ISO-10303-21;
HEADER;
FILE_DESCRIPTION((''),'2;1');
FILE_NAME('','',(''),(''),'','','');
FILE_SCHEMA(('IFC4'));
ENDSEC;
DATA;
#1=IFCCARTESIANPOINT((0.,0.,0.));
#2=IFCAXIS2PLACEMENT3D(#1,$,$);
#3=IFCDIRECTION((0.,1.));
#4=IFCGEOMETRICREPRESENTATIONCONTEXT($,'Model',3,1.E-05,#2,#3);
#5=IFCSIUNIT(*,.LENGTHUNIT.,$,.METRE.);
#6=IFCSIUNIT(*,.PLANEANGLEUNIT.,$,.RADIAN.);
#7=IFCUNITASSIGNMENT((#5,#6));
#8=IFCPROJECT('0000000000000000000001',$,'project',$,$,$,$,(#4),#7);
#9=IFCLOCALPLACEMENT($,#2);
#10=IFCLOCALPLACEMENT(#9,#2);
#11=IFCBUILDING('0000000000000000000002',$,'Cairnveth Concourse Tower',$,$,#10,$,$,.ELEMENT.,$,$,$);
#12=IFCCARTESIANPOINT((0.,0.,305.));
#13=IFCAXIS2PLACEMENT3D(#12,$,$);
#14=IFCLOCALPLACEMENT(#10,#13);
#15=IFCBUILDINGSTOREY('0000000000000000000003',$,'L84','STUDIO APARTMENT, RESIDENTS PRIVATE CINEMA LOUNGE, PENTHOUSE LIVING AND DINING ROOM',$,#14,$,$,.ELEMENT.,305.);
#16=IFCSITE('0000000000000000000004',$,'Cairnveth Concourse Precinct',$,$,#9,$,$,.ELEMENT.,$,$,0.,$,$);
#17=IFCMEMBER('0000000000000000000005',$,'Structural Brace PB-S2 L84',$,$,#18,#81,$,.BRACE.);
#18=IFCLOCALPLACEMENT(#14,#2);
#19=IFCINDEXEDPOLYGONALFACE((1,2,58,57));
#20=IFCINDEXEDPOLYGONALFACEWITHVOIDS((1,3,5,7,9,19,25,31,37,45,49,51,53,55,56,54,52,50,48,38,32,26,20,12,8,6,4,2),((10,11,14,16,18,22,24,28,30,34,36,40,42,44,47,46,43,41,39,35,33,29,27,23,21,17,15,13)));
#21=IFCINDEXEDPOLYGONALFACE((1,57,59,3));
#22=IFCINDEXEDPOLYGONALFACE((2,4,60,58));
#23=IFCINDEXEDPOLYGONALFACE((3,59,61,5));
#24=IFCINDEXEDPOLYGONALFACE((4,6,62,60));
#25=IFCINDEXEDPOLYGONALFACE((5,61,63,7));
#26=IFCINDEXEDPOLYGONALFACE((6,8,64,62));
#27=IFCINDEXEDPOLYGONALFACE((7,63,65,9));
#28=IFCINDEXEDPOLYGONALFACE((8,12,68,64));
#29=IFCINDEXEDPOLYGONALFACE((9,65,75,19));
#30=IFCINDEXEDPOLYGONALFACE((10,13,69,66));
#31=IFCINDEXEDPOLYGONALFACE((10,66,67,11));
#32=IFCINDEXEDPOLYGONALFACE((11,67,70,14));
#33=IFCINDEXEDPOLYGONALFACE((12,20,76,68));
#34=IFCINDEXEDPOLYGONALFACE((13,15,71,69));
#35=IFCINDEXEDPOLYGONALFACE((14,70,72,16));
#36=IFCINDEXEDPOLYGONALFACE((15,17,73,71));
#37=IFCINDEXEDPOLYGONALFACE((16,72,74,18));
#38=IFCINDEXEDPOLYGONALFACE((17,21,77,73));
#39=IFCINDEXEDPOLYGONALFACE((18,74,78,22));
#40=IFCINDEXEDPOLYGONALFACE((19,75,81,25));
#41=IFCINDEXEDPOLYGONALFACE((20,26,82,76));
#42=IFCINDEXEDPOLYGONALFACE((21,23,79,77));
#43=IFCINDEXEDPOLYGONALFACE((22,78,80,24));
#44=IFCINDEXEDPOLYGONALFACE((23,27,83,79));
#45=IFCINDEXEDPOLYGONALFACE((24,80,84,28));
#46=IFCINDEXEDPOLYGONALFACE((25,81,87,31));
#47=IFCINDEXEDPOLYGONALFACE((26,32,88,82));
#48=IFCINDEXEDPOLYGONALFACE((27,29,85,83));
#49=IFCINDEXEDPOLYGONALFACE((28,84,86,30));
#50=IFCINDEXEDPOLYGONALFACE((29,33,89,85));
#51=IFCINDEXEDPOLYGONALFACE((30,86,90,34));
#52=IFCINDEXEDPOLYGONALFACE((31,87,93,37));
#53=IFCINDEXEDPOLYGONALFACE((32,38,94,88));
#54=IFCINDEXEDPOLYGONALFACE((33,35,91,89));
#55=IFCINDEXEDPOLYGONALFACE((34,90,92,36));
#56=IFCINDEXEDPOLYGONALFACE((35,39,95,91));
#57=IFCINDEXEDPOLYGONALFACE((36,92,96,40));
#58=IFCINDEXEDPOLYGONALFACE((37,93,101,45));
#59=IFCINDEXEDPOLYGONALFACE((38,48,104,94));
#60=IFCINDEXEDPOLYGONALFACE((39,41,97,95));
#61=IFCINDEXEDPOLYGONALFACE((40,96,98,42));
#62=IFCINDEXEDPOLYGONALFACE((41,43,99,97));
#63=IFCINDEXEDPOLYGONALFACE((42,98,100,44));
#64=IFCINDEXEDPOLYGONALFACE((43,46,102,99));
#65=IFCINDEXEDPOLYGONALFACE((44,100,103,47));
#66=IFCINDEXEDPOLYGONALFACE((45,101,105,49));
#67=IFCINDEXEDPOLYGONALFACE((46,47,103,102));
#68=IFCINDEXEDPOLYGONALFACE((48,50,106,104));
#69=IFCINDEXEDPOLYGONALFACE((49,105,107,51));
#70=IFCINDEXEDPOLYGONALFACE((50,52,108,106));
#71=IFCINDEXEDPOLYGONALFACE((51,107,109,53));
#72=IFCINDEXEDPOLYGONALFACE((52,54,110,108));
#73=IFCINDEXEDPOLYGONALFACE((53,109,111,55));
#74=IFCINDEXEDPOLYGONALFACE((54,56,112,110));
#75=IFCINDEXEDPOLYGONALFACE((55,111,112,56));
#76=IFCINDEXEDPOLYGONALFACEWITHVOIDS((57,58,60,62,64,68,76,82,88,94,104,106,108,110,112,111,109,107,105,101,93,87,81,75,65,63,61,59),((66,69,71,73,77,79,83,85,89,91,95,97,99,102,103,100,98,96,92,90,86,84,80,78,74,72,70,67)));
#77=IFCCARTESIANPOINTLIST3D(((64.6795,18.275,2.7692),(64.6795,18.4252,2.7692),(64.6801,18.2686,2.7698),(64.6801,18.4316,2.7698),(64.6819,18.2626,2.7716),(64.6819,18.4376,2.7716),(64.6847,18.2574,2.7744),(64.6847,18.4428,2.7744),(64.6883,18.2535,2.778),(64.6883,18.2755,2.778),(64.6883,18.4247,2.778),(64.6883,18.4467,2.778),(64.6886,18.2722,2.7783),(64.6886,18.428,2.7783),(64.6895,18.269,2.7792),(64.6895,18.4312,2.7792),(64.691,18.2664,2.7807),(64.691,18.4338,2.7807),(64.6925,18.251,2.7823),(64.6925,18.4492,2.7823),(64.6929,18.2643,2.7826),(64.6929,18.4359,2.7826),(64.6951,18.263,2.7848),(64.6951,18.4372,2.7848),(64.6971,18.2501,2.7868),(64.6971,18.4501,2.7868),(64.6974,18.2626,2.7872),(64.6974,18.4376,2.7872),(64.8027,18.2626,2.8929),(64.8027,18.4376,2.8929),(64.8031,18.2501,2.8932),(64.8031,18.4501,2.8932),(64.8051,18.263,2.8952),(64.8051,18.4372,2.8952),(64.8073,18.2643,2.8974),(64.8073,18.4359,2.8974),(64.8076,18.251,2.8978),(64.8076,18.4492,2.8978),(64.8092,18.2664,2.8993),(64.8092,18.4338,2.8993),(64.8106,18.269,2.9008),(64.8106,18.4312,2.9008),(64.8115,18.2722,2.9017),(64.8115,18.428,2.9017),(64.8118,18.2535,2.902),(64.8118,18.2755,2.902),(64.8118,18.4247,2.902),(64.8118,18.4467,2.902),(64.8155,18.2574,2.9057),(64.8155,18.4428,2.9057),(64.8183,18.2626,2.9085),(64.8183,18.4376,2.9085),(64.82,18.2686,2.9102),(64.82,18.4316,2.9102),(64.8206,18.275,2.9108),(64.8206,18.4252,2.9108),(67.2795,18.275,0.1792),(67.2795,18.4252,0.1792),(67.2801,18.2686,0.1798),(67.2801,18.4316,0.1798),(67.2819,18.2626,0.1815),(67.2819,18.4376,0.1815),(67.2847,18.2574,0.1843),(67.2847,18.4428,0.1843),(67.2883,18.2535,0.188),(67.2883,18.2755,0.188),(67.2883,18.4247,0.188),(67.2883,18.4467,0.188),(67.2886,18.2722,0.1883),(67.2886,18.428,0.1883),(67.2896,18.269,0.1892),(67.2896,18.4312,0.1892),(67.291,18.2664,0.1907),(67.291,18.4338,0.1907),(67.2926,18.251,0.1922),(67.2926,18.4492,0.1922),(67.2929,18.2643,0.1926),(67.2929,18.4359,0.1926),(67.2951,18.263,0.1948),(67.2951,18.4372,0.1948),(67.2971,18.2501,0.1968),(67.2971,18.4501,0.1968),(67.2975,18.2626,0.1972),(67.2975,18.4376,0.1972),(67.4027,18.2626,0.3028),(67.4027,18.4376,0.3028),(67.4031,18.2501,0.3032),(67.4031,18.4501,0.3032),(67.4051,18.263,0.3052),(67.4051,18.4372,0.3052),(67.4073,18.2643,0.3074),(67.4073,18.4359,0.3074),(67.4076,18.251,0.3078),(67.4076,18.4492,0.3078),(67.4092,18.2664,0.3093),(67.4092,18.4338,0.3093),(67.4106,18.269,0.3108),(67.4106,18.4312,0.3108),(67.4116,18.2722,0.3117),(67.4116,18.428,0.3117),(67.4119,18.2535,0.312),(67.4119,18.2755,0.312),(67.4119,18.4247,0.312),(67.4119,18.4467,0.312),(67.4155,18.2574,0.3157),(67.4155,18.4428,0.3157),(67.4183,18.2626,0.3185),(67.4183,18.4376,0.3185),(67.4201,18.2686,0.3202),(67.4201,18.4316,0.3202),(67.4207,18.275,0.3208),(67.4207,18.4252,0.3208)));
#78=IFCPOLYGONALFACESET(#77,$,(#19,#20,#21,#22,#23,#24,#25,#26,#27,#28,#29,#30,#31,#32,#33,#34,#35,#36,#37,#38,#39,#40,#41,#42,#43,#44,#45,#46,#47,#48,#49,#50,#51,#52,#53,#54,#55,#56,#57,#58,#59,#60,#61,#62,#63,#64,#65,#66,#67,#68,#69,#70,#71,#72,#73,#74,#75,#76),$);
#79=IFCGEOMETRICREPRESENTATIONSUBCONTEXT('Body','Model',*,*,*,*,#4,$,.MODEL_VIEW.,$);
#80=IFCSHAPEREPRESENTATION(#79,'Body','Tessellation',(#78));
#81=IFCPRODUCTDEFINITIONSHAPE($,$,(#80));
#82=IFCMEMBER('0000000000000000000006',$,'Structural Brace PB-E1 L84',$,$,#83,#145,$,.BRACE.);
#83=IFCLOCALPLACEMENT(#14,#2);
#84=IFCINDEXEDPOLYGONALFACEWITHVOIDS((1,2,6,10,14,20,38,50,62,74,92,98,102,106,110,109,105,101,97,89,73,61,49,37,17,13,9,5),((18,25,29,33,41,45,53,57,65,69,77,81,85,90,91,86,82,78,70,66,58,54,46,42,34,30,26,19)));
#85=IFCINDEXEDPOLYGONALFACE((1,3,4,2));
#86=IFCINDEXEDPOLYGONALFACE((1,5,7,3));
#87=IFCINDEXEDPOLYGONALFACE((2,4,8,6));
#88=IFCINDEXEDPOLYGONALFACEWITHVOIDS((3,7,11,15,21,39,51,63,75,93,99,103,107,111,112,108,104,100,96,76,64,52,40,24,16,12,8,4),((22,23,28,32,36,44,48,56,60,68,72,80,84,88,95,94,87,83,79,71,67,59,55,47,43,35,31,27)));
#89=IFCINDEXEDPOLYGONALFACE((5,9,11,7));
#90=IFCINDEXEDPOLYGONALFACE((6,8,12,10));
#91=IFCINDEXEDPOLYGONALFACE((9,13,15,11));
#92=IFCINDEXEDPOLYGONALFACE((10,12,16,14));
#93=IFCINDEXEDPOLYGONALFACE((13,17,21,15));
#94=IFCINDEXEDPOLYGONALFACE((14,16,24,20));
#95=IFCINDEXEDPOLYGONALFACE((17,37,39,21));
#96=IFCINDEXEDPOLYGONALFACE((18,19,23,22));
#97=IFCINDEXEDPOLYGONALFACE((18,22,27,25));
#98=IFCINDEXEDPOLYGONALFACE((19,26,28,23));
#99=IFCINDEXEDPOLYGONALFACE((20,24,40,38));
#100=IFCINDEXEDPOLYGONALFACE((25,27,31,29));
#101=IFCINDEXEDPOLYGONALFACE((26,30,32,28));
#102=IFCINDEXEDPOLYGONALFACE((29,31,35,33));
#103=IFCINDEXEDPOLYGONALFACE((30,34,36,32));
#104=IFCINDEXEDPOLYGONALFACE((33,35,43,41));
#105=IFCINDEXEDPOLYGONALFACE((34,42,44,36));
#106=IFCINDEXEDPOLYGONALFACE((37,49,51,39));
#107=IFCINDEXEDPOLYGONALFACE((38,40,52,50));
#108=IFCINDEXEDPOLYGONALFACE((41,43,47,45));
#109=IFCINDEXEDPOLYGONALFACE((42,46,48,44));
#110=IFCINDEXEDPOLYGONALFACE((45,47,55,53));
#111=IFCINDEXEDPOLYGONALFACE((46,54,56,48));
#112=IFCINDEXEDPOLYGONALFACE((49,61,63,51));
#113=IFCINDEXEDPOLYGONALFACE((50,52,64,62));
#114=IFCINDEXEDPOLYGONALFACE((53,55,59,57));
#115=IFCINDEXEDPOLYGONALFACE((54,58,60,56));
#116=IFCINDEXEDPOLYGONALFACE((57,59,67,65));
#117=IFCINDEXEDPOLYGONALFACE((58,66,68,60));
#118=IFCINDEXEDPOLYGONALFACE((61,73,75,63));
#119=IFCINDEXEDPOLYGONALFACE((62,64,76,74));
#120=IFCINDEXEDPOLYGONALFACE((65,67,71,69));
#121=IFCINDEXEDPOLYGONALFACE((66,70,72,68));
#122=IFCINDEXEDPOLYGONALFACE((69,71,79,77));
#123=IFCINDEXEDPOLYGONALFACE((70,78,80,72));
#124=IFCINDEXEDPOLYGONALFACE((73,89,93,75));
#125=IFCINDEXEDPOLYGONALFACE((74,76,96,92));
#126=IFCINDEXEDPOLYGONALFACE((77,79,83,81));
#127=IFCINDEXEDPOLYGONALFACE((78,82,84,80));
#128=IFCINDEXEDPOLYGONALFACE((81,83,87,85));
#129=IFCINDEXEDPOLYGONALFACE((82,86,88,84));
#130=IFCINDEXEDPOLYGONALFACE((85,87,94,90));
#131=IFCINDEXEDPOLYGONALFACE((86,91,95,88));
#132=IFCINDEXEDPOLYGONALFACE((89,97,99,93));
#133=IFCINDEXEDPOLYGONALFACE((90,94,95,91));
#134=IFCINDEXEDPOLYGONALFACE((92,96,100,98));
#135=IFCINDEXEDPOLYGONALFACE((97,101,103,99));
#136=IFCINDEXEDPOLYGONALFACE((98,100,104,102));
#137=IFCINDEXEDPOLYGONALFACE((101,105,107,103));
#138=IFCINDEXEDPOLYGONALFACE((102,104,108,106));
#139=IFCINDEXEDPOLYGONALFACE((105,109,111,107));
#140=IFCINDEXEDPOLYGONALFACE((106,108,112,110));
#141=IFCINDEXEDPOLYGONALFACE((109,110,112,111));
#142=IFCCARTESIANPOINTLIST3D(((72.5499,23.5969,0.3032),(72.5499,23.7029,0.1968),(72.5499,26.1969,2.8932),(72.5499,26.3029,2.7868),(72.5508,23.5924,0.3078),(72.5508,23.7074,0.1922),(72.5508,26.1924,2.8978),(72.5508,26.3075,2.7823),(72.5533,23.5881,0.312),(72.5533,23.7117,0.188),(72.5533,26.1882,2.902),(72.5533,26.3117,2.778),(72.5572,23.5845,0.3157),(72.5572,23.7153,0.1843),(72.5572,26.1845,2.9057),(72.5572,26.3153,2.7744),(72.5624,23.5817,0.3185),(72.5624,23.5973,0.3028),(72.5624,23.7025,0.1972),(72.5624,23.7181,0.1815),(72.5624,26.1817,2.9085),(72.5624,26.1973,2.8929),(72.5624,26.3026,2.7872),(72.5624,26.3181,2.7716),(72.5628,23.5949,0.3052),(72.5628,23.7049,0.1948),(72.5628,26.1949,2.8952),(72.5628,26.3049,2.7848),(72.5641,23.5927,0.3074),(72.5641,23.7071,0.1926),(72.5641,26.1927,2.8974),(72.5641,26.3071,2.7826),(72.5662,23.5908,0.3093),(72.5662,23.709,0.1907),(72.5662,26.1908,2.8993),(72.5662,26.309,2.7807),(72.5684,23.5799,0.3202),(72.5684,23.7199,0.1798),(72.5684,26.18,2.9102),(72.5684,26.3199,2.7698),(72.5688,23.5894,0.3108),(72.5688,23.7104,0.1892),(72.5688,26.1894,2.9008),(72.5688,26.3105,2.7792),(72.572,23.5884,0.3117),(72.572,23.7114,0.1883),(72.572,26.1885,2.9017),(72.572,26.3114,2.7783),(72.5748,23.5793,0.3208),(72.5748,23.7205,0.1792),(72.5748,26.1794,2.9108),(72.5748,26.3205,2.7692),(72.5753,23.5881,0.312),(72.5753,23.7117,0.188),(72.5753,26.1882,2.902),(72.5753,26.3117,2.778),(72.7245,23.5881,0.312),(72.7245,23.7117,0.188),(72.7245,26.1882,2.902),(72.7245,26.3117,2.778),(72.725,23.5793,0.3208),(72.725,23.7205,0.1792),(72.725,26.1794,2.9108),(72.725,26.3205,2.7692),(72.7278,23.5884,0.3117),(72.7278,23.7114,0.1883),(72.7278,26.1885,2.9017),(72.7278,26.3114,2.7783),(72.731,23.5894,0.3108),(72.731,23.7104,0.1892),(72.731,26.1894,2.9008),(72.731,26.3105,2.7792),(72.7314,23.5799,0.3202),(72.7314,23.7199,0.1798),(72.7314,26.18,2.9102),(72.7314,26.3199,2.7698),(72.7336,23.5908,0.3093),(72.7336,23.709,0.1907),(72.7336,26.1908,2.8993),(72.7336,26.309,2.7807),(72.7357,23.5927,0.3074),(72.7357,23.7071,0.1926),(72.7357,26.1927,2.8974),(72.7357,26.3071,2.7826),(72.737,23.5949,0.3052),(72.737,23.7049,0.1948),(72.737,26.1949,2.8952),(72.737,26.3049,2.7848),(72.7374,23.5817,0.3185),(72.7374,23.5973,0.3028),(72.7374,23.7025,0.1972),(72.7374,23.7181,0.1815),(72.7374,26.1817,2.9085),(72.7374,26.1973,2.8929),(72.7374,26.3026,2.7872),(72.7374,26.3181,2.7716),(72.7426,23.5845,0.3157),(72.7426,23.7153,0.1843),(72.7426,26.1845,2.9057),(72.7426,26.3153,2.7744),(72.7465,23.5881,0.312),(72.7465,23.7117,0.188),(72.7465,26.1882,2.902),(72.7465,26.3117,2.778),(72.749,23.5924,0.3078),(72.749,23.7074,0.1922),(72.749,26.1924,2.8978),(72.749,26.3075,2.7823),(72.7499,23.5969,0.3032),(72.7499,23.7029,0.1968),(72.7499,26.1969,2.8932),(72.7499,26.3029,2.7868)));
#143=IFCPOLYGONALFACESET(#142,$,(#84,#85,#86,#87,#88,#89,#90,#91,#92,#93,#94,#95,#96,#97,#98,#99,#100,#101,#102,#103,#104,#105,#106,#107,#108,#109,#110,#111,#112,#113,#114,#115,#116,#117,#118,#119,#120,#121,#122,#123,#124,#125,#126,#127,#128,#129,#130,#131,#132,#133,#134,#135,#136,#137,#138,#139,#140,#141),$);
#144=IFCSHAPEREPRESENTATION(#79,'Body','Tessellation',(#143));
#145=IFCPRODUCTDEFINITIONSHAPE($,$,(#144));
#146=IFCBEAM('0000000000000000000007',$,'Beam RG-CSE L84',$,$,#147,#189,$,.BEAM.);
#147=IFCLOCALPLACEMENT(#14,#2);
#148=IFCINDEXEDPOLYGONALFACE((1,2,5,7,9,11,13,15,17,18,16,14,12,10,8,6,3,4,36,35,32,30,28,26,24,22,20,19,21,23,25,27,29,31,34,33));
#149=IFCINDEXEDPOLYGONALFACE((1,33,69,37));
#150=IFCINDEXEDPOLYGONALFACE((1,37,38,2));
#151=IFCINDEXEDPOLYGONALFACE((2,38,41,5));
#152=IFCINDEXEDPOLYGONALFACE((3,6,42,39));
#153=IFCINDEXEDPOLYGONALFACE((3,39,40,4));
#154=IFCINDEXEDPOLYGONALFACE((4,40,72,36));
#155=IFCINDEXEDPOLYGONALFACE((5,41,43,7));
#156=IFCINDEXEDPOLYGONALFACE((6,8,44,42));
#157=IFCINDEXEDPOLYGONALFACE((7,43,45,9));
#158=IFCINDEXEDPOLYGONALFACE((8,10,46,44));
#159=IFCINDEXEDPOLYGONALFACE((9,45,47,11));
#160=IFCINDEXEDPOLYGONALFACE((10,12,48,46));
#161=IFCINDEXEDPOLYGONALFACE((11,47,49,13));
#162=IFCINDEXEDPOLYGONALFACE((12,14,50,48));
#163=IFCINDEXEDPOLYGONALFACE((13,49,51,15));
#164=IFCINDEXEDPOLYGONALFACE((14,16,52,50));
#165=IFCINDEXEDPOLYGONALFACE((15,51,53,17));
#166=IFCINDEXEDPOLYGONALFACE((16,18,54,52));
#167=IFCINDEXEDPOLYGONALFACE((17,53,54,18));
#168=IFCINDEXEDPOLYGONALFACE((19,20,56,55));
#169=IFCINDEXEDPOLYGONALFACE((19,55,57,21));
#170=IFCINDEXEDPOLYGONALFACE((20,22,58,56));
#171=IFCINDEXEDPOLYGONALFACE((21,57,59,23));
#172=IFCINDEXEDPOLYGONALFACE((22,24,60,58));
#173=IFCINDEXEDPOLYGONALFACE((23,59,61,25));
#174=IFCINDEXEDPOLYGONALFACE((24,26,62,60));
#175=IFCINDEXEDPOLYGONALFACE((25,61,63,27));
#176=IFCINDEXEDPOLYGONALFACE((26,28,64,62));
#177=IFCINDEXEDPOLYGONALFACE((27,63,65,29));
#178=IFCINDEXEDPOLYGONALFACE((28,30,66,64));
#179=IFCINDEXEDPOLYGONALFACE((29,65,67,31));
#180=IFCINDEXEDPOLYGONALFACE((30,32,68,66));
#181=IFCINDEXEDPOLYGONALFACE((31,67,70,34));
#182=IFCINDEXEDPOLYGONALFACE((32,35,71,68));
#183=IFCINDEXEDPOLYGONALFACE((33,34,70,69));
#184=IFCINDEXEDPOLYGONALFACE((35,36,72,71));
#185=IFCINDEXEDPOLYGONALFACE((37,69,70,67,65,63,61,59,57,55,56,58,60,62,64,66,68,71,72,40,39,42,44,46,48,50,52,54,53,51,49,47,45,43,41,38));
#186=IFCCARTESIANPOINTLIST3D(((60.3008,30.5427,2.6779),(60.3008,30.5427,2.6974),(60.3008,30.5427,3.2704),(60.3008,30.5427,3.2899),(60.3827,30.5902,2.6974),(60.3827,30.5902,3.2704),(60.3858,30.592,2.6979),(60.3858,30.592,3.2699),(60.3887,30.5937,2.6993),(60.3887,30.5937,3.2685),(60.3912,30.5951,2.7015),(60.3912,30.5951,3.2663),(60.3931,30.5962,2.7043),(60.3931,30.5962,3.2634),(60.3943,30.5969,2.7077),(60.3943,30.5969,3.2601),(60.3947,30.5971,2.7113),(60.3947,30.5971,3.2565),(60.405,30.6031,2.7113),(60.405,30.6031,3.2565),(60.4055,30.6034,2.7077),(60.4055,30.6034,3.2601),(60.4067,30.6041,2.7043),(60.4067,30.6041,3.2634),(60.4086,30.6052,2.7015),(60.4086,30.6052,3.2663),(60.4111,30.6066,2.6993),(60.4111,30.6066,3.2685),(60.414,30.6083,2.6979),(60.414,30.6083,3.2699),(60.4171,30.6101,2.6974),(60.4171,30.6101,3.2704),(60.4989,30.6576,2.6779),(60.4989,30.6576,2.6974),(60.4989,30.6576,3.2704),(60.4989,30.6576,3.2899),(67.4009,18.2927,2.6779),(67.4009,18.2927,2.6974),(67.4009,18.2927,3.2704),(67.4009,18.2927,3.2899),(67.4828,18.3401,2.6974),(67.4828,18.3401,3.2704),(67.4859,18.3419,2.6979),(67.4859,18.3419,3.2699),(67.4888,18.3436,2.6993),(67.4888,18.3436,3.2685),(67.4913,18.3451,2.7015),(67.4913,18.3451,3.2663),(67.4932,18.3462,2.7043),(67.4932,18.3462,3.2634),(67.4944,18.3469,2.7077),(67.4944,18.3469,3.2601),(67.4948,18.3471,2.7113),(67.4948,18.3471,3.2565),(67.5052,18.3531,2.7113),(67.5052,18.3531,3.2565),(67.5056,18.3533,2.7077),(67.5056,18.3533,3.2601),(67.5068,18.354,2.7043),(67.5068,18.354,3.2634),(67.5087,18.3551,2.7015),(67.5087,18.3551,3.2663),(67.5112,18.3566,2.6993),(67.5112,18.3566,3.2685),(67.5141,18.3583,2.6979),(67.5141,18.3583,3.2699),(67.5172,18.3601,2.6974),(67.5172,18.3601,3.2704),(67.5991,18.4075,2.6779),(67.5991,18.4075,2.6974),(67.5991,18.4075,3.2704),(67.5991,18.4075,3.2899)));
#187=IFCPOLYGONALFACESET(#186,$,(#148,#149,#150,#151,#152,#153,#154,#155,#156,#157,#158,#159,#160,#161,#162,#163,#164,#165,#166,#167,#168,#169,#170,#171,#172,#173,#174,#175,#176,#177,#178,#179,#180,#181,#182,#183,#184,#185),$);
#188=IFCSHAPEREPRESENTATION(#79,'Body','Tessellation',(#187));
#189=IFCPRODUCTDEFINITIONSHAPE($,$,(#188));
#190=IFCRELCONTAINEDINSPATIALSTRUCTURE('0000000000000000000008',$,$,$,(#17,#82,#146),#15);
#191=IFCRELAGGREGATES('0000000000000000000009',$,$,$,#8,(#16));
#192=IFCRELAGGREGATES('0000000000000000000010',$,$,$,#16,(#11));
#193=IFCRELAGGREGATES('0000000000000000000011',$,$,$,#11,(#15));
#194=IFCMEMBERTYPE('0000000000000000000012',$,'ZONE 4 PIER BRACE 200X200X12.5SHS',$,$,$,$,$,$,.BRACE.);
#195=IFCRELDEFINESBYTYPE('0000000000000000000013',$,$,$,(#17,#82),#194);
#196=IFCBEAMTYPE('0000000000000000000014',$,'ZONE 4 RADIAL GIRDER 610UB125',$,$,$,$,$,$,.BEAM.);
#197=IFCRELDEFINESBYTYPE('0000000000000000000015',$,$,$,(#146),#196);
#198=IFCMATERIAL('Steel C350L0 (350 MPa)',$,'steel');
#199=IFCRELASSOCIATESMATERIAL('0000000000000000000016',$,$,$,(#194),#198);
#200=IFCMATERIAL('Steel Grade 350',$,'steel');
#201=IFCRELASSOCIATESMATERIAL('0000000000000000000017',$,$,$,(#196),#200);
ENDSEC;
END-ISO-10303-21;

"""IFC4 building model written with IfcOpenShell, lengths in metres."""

from ifc_helpers import new_model, si_unit, direction, frame, origin, origin_2d, place, context, subcontext, project, spatial, hollow_rectangle, i_section, extrude, material, material_profile, profile_set, type_object, element, save


model = new_model("IFC4")

# Units and contexts
model_context = context("Model", 3, precision=1e-05, world=origin(), true_north=direction((0.0, 1.0)))
body_context = subcontext(model_context, "Body", "Model", "MODEL_VIEW")
ifc_project = project(units=[si_unit("LENGTHUNIT", "METRE"), si_unit("PLANEANGLEUNIT", "RADIAN")], contexts=[model_context])

# Site, building, storey
site_placement = place(None, origin())
site = spatial("IfcSite", under=ifc_project, at=site_placement, Name="Cairnveth Concourse Precinct", CompositionType="ELEMENT", RefElevation=0.0)
building_placement = place(site_placement, origin())
building = spatial("IfcBuilding", under=site, at=building_placement, Name="Cairnveth Concourse Tower", CompositionType="ELEMENT")
storey_placement = place(building_placement, frame((0.0, 0.0, 305.0)))
storey = spatial("IfcBuildingStorey", under=building, at=storey_placement, Name="L84", Description="STUDIO APARTMENT, RESIDENTS PRIVATE CINEMA LOUNGE, PENTHOUSE LIVING AND DINING ROOM", CompositionType="ELEMENT", Elevation=305.0)

# Shared definitions
ifc_material_1 = material(Name="Steel Grade 350", Category="steel")

# Members
ifc_material_2 = material(Name="Steel C350L0 (350 MPa)", Category="steel")
ifc_material_profile_1 = material_profile(ifc_material_2, hollow_rectangle(XDim=0.2, YDim=0.2, WallThickness=0.0125, InnerFilletRadius=0.0129, OuterFilletRadius=0.0249, at=origin_2d()), Name="200x200x12.5SHS")
ifc_profile_set_1 = profile_set([ifc_material_profile_1], Name="Steel C350L0 (350 MPa)")
member_type = type_object("IfcMemberType", Name="ZONE 4 PIER BRACE 200X200X12.5SHS", PredefinedType="BRACE", material=ifc_profile_set_1)
for number, where, z_axis, x_axis, name in (
    (1, (67.3501, 18.3501, 0.25), (-0.708469, 0.0, 0.705742), (0.0, -1.0, 0.0), "Structural Brace PB-S2 L84"),
    (2, (72.6499, 23.6499, 0.25), (0.0, 0.708469, 0.705742), (-1.0, 0.0, 0.0), "Structural Brace PB-E1 L84"),
):
    element("IfcMember", number, at=place(storey_placement, frame(where, z_axis=z_axis, x_axis=x_axis)), inside=storey, type_object=member_type, Name=name, PredefinedType="BRACE", context=body_context, shape_type="SweptSolid", body=[
        extrude(hollow_rectangle(XDim=0.2, YDim=0.2, WallThickness=0.0125, InnerFilletRadius=0.0129, OuterFilletRadius=0.0249, at=origin_2d()), origin(), (0.0, 0.0, 1.0), 3.6699),
    ])

# Beam
ifc_material_profile_2 = material_profile(ifc_material_1, i_section(OverallWidth=0.229, OverallDepth=0.6121, WebThickness=0.012, FlangeThickness=0.0195, FilletRadius=0.0139, at=origin_2d()), Name="610UB125")
ifc_profile_set_2 = profile_set([ifc_material_profile_2], Name="Steel Grade 350")
beam_type_1 = type_object("IfcBeamType", Name="ZONE 4 RADIAL GIRDER 610UB125", PredefinedType="BEAM", material=ifc_profile_set_2)
beam_1_placement = place(storey_placement, frame((67.5, 18.3501, 2.9839), z_axis=(-0.501459, 0.865181, 0.0), x_axis=(-0.865181, -0.501459, 0.0)))
element("IfcBeam", 3, at=beam_1_placement, inside=storey, type_object=beam_type_1, Name="Beam RG-CSE L84", PredefinedType="BEAM", context=body_context, shape_type="SweptSolid", body=[
    extrude(i_section(OverallWidth=0.229, OverallDepth=0.6121, WebThickness=0.012, FlangeThickness=0.0195, FilletRadius=0.0139, at=origin_2d()), origin(), (0.0, 0.0, 1.0), 14.1589),
])

save(model, "model.ifc")
